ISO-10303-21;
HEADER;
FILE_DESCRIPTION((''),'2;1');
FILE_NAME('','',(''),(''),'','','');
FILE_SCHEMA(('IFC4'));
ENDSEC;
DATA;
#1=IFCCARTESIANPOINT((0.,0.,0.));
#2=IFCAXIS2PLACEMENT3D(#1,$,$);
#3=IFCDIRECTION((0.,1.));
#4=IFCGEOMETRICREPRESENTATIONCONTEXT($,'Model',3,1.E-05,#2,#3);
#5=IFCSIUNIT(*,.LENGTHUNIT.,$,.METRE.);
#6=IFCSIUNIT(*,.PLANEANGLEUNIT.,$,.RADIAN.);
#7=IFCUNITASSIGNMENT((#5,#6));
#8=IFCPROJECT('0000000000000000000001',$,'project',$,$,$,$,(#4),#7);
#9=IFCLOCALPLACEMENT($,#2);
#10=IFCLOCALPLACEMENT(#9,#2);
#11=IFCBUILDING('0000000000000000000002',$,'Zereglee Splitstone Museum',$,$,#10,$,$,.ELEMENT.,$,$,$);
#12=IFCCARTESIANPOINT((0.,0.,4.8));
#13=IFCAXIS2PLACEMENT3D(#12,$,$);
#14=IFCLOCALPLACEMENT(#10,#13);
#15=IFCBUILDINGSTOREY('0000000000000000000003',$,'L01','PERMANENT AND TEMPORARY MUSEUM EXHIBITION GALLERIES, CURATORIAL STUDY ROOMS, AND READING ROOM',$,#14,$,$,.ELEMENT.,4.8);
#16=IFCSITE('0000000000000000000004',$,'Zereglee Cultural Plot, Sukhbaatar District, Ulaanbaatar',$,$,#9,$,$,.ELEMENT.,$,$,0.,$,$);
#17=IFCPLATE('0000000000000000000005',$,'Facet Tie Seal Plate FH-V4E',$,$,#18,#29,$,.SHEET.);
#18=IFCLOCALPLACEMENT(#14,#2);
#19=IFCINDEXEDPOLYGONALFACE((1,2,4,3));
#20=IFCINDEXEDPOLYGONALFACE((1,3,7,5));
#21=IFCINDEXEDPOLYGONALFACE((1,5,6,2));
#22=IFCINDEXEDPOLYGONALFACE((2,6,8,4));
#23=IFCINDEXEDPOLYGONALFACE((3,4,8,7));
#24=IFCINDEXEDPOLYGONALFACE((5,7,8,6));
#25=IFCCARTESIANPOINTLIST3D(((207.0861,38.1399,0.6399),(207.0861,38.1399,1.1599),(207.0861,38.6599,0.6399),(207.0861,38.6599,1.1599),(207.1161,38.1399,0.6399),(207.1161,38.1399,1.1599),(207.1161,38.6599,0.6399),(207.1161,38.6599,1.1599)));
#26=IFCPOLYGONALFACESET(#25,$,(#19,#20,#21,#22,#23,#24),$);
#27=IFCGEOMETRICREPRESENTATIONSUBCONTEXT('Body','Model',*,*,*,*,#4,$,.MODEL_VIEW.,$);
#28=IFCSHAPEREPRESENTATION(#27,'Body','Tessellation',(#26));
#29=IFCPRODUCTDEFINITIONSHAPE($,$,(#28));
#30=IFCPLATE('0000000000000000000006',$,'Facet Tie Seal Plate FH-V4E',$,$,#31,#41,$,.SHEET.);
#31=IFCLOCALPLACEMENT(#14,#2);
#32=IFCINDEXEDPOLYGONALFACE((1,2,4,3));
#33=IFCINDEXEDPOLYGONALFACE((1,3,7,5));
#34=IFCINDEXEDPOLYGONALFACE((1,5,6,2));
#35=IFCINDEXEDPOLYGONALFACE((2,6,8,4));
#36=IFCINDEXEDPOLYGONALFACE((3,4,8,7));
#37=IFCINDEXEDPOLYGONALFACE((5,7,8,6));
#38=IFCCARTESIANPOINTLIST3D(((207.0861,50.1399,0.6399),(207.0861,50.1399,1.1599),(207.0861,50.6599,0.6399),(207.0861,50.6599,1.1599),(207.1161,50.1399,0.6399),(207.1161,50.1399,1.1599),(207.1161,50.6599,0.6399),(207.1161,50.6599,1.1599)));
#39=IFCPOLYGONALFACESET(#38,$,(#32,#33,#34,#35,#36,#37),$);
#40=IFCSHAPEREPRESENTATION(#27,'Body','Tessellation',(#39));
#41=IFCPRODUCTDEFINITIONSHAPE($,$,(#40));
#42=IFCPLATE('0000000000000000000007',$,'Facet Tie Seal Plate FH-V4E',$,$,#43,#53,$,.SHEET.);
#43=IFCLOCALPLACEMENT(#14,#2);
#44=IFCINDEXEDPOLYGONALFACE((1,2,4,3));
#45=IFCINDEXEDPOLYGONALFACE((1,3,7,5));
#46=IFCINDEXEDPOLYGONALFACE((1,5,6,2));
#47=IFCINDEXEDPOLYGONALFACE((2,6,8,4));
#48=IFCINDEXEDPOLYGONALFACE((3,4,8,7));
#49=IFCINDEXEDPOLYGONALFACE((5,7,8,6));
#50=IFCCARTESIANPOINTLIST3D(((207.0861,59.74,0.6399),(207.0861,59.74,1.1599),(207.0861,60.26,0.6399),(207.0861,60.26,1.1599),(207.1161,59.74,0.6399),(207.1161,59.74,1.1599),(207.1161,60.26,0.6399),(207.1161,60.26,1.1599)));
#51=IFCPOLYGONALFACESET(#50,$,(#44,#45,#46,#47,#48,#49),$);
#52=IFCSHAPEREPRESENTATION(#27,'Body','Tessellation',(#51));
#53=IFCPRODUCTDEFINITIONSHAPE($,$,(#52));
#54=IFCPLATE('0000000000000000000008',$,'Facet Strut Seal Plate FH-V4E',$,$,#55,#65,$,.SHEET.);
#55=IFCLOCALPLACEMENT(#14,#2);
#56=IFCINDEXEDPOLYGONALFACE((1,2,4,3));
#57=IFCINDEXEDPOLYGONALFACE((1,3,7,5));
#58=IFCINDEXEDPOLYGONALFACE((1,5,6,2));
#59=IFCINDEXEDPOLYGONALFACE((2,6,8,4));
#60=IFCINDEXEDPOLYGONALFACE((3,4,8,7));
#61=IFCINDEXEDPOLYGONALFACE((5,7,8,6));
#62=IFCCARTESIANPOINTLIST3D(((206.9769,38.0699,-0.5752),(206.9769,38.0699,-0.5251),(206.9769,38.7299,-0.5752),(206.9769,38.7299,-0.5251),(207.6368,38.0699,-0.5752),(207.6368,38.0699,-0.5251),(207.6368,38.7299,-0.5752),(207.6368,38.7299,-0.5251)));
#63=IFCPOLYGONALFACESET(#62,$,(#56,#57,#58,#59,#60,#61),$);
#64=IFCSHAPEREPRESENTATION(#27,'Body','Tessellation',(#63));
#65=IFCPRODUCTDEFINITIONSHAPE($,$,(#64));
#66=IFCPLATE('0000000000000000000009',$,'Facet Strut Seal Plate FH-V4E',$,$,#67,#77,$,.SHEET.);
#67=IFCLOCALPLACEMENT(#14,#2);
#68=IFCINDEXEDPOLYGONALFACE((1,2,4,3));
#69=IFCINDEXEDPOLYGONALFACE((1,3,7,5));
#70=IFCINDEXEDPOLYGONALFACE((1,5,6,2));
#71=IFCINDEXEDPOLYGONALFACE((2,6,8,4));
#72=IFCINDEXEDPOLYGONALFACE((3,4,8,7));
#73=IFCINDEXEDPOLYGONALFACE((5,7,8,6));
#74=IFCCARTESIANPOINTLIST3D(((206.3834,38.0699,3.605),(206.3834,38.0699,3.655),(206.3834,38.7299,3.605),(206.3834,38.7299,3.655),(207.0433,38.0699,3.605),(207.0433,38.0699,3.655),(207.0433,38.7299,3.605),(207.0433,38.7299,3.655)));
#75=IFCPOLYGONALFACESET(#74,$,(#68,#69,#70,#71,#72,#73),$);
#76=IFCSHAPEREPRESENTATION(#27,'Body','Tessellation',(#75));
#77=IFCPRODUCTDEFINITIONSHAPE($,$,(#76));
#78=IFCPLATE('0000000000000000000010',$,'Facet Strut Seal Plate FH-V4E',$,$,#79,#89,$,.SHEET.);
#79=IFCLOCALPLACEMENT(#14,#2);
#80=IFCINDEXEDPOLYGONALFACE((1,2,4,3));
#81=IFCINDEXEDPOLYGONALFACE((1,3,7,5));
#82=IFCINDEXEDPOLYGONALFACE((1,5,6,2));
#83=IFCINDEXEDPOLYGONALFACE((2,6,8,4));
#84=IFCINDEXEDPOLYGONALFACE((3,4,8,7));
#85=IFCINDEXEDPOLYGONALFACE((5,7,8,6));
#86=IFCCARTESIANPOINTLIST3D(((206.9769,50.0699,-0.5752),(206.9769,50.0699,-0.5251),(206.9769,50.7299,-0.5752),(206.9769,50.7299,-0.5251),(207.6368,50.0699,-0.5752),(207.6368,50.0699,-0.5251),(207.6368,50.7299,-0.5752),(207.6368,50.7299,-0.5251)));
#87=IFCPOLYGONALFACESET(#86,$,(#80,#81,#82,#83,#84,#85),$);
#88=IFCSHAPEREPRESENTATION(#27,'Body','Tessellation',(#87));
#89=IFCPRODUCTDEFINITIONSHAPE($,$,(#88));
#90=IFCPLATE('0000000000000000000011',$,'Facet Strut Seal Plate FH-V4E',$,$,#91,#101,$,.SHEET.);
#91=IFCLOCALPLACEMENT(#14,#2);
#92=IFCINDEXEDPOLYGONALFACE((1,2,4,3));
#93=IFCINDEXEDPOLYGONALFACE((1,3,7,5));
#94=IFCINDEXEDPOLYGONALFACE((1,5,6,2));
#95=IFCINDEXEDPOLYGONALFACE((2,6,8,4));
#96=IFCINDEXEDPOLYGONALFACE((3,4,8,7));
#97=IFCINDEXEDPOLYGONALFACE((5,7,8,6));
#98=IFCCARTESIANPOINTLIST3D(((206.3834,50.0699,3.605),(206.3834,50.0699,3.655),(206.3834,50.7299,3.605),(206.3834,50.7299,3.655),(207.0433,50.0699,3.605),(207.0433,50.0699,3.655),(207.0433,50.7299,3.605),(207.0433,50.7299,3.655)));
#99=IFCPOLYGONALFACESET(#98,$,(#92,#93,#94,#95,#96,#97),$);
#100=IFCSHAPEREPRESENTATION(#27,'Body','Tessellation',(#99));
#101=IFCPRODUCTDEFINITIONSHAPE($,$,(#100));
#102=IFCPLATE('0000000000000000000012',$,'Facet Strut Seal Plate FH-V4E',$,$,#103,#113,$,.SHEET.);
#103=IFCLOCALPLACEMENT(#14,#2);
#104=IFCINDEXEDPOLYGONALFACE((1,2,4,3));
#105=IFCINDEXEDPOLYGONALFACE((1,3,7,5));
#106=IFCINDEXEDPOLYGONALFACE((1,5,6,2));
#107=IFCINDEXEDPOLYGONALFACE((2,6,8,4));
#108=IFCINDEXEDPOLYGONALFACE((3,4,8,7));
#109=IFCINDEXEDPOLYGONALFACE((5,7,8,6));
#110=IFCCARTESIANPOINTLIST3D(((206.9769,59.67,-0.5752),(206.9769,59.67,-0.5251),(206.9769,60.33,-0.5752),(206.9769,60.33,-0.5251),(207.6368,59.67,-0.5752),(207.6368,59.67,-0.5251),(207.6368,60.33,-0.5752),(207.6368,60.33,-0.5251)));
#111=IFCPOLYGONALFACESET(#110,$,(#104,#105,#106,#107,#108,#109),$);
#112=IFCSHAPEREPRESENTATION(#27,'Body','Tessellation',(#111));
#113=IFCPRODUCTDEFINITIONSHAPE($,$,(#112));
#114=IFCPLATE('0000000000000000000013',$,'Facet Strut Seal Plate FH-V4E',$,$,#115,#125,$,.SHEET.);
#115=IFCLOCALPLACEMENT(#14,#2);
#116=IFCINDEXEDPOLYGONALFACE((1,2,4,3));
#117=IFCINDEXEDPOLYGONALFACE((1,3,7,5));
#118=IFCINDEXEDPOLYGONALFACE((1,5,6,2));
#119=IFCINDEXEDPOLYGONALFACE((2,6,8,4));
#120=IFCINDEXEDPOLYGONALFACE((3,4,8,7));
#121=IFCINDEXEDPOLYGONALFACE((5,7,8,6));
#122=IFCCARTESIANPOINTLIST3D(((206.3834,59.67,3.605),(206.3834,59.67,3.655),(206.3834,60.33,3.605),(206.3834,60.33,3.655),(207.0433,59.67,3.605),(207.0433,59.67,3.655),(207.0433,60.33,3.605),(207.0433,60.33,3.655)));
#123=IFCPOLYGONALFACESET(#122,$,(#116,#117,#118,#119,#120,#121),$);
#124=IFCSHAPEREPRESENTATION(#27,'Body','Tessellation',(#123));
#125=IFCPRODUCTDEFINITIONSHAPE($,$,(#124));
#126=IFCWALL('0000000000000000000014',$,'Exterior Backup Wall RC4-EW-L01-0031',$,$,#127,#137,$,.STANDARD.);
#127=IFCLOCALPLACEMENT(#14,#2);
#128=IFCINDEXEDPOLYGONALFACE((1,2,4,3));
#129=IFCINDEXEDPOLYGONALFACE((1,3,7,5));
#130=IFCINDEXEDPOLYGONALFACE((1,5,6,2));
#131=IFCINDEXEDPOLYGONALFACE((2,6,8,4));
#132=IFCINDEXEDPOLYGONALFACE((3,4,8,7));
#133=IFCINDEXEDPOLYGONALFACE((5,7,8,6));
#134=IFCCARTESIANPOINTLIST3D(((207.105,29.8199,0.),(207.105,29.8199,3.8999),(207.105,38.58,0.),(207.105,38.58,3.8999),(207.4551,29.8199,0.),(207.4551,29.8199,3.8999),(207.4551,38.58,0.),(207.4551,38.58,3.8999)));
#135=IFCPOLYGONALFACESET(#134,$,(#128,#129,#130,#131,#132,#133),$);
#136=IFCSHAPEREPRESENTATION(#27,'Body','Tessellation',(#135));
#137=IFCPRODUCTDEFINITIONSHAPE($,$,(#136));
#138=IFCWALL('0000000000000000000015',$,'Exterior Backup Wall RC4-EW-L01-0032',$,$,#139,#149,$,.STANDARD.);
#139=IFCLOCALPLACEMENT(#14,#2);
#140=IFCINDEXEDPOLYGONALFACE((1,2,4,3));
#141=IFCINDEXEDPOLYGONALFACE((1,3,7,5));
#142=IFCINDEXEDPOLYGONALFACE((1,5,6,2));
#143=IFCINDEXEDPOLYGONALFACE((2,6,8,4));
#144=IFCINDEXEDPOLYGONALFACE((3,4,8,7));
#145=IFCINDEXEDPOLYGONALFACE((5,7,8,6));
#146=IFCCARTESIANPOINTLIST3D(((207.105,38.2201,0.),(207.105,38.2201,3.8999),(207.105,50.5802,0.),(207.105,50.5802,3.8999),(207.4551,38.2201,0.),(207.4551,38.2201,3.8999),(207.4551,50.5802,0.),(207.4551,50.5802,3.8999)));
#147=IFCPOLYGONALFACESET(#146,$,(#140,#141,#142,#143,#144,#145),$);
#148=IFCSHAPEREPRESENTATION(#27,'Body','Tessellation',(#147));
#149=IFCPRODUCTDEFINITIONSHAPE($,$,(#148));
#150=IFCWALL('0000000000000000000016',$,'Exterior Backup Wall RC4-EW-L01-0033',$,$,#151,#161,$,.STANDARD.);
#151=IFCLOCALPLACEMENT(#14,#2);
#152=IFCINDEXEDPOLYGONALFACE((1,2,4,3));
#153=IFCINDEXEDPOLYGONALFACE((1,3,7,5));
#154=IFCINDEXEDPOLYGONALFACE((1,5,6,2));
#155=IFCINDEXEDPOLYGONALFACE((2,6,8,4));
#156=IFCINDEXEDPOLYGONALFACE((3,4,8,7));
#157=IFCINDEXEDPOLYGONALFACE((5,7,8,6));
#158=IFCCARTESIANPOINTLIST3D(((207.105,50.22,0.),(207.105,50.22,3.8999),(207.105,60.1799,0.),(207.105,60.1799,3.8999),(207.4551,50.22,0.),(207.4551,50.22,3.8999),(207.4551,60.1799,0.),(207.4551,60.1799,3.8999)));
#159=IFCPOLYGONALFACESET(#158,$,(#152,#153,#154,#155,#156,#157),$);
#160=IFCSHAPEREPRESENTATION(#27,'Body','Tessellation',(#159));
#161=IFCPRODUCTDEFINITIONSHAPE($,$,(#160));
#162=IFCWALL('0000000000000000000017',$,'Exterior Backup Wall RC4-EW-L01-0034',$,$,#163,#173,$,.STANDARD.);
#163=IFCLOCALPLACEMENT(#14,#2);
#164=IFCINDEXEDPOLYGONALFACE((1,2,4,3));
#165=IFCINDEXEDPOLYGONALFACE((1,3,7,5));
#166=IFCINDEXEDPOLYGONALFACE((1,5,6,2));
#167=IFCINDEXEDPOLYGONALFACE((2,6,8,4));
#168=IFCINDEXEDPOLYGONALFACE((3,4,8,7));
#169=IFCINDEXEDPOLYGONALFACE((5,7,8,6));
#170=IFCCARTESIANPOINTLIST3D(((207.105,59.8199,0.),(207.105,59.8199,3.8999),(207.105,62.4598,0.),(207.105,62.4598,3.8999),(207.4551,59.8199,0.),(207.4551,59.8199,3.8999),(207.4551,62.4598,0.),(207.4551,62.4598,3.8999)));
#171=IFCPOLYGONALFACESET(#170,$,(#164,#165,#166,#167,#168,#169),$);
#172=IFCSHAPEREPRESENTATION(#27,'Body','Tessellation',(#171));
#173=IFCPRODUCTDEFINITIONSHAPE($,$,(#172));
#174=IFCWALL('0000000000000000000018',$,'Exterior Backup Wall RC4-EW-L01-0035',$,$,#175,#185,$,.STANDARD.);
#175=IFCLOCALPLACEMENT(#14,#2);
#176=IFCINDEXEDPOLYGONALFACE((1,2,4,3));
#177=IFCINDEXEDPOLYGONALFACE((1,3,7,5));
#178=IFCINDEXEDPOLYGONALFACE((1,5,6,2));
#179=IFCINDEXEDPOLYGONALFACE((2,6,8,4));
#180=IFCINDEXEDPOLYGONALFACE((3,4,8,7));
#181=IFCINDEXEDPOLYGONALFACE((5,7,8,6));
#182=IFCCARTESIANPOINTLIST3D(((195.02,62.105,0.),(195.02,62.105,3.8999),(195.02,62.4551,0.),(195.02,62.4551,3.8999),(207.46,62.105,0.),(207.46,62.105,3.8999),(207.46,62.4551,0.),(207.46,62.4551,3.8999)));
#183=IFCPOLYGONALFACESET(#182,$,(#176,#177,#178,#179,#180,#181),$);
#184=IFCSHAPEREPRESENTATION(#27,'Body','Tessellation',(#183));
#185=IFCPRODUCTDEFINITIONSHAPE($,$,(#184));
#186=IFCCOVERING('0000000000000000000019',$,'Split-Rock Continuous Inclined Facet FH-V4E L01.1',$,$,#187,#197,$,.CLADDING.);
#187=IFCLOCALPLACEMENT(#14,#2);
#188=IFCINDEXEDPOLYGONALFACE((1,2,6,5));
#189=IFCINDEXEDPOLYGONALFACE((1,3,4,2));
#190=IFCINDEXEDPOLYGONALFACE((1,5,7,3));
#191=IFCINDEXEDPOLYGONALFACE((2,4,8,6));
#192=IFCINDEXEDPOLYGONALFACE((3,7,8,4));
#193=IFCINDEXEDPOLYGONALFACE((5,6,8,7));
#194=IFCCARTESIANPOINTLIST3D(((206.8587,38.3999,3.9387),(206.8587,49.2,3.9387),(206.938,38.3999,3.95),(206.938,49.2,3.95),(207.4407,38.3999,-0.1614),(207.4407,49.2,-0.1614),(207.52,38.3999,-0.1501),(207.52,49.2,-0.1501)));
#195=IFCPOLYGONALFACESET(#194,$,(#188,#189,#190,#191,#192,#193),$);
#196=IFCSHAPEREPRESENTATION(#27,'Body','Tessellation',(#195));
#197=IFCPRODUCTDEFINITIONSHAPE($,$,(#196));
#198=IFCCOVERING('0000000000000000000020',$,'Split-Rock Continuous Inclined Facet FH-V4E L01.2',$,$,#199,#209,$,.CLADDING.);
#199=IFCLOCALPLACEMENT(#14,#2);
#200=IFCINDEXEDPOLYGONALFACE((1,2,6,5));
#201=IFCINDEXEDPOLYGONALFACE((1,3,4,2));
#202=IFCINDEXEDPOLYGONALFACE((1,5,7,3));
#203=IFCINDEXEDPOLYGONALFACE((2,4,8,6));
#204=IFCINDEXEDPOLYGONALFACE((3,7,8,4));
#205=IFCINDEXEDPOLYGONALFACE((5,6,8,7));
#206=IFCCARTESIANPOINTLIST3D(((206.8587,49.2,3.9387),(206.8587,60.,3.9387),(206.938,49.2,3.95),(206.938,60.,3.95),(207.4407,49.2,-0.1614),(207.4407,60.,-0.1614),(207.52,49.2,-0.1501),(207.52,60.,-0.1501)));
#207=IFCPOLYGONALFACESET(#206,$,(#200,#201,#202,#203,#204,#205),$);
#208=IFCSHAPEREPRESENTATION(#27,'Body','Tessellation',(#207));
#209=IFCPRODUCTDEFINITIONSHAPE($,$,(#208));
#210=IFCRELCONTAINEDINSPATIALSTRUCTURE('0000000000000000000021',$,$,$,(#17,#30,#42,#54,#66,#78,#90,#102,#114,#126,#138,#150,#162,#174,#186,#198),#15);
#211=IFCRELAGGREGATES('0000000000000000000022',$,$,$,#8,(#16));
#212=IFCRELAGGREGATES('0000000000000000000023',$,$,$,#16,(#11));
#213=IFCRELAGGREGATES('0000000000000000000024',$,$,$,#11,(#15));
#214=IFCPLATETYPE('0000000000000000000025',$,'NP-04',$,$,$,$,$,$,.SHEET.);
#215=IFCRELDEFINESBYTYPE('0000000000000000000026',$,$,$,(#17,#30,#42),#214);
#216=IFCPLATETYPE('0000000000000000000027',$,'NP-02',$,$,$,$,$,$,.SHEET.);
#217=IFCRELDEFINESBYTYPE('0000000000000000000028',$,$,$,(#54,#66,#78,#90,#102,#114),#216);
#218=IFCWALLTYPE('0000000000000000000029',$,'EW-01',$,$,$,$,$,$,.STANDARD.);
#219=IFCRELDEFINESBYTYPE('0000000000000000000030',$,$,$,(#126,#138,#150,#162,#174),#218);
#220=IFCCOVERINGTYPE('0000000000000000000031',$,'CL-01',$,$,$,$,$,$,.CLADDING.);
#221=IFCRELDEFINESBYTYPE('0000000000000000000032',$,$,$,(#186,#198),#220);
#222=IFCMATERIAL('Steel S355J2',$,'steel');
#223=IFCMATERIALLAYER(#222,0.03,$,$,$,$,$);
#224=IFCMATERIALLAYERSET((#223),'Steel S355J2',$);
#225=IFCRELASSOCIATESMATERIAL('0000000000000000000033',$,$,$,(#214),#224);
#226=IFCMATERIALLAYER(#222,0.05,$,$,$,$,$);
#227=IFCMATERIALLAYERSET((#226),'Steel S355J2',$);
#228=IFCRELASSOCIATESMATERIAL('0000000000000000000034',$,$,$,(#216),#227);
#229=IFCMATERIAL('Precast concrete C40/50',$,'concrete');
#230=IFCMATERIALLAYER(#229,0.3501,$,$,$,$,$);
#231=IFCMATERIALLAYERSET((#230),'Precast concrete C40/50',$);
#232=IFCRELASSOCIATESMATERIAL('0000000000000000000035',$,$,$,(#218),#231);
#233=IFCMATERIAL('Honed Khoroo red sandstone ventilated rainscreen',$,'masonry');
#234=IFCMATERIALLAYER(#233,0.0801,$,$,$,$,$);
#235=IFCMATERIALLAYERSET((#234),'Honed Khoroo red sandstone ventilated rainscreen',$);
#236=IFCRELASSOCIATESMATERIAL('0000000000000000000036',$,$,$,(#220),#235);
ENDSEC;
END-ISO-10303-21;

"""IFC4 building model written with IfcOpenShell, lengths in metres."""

from ifc_helpers import new_model, si_unit, direction, frame, frame_2d, origin, origin_2d, place, context, subcontext, project, spatial, polyline, rectangle, outline, extrude, material, layer, layer_set, type_object, element, save


model = new_model("IFC4")

# Units and contexts
model_context = context("Model", 3, precision=1e-05, world=origin(), true_north=direction((0.0, 1.0)))
body_context = subcontext(model_context, "Body", "Model", "MODEL_VIEW")
ifc_project = project(units=[si_unit("LENGTHUNIT", "METRE"), si_unit("PLANEANGLEUNIT", "RADIAN")], contexts=[model_context])

# Site, building, storey
site_placement = place(None, origin())
site = spatial("IfcSite", under=ifc_project, at=site_placement, Name="Zereglee Cultural Plot, Sukhbaatar District, Ulaanbaatar", CompositionType="ELEMENT", RefElevation=0.0)
building_placement = place(site_placement, origin())
building = spatial("IfcBuilding", under=site, at=building_placement, Name="Zereglee Splitstone Museum", CompositionType="ELEMENT")
storey_placement = place(building_placement, frame((0.0, 0.0, 4.8)))
storey = spatial("IfcBuildingStorey", under=building, at=storey_placement, Name="L01", Description="PERMANENT AND TEMPORARY MUSEUM EXHIBITION GALLERIES, CURATORIAL STUDY ROOMS, AND READING ROOM", CompositionType="ELEMENT", Elevation=4.8)

# Shared definitions
ifc_material_1 = material(Name="Steel S355J2", Category="steel")

# Plates
ifc_layer_1 = layer(ifc_material_1, 0.03)
ifc_layer_set_1 = layer_set([ifc_layer_1], Name="Steel S355J2")
plate_type_1 = type_object("IfcPlateType", Name="NP-04", PredefinedType="SHEET", material=ifc_layer_set_1)
for number, where, z_axis, x_axis, name in (
    (1, (207.1011, 38.3999, 0.6399), (0.0, 0.0, 1.0), (1.0, 0.0, 0.0), "Facet Tie Seal Plate FH-V4E"),
    (2, (207.1011, 50.3999, 0.6399), (0.0, 0.0, 1.0), (1.0, 0.0, 0.0), "Facet Tie Seal Plate FH-V4E"),
    (3, (207.1011, 60.0, 0.6399), (0.0, 0.0, 1.0), (1.0, 0.0, 0.0), "Facet Tie Seal Plate FH-V4E"),
):
    element("IfcPlate", number, at=place(storey_placement, frame(where, z_axis=z_axis, x_axis=x_axis)), inside=storey, type_object=plate_type_1, Name=name, PredefinedType="SHEET", context=body_context, shape_type="SweptSolid", body=[
        extrude(rectangle(XDim=0.03, YDim=0.52, at=origin_2d()), origin(), (0.0, 0.0, 1.0), 0.52),
    ])
ifc_layer_2 = layer(ifc_material_1, 0.05)
ifc_layer_set_2 = layer_set([ifc_layer_2], Name="Steel S355J2")
plate_type_2 = type_object("IfcPlateType", Name="NP-02", PredefinedType="SHEET", material=ifc_layer_set_2)
for number, where, z_axis, x_axis, name in (
    (4, (207.3069, 38.3999, -0.5752), (0.0, 0.0, 1.0), (1.0, 0.0, 0.0), "Facet Strut Seal Plate FH-V4E"),
    (5, (206.7134, 38.3999, 3.605), (0.0, 0.0, 1.0), (1.0, 0.0, 0.0), "Facet Strut Seal Plate FH-V4E"),
    (6, (207.3069, 50.3999, -0.5752), (0.0, 0.0, 1.0), (1.0, 0.0, 0.0), "Facet Strut Seal Plate FH-V4E"),
    (7, (206.7134, 50.3999, 3.605), (0.0, 0.0, 1.0), (1.0, 0.0, 0.0), "Facet Strut Seal Plate FH-V4E"),
    (8, (207.3069, 60.0, -0.5752), (0.0, 0.0, 1.0), (1.0, 0.0, 0.0), "Facet Strut Seal Plate FH-V4E"),
    (9, (206.7134, 60.0, 3.605), (0.0, 0.0, 1.0), (1.0, 0.0, 0.0), "Facet Strut Seal Plate FH-V4E"),
):
    element("IfcPlate", number, at=place(storey_placement, frame(where, z_axis=z_axis, x_axis=x_axis)), inside=storey, type_object=plate_type_2, Name=name, PredefinedType="SHEET", context=body_context, shape_type="SweptSolid", body=[
        extrude(rectangle(XDim=0.6599, YDim=0.6599, at=origin_2d()), origin(), (0.0, 0.0, 1.0), 0.05),
    ])

# Walls
ifc_material_2 = material(Name="Precast concrete C40/50", Category="concrete")
ifc_layer_3 = layer(ifc_material_2, 0.3501)
ifc_layer_set_3 = layer_set([ifc_layer_3], Name="Precast concrete C40/50")
wall_type = type_object("IfcWallType", Name="EW-01", PredefinedType="STANDARD", material=ifc_layer_set_3)
wall_1_placement = place(storey_placement, frame((207.28, 29.8201, 0.0), z_axis=(0.0, 0.0, 1.0), x_axis=(0.0, 1.0, 0.0)))
element("IfcWall", 10, at=wall_1_placement, inside=storey, type_object=wall_type, Name="Exterior Backup Wall RC4-EW-L01-0031", PredefinedType="STANDARD", context=body_context, shape_type="SweptSolid", body=[
    extrude(rectangle(XDim=8.76, YDim=0.3501, at=frame_2d((4.3799, 0.0))), origin(), (0.0, 0.0, 1.0), 3.8999),
])
wall_2_placement = place(storey_placement, frame((207.28, 38.22, 0.0), z_axis=(0.0, 0.0, 1.0), x_axis=(0.0, 1.0, 0.0)))
element("IfcWall", 11, at=wall_2_placement, inside=storey, type_object=wall_type, Name="Exterior Backup Wall RC4-EW-L01-0032", PredefinedType="STANDARD", context=body_context, shape_type="SweptSolid", body=[
    extrude(rectangle(XDim=12.3601, YDim=0.3501, at=frame_2d((6.1802, 0.0))), origin(), (0.0, 0.0, 1.0), 3.8999),
])
wall_3_placement = place(storey_placement, frame((207.28, 50.22, 0.0), z_axis=(0.0, 0.0, 1.0), x_axis=(0.0, 1.0, 0.0)))
element("IfcWall", 12, at=wall_3_placement, inside=storey, type_object=wall_type, Name="Exterior Backup Wall RC4-EW-L01-0033", PredefinedType="STANDARD", context=body_context, shape_type="SweptSolid", body=[
    extrude(rectangle(XDim=9.96, YDim=0.3501, at=frame_2d((4.98, 0.0))), origin(), (0.0, 0.0, 1.0), 3.8999),
])
wall_4_placement = place(storey_placement, frame((207.28, 59.8201, 0.0), z_axis=(0.0, 0.0, 1.0), x_axis=(0.0, 1.0, 0.0)))
element("IfcWall", 13, at=wall_4_placement, inside=storey, type_object=wall_type, Name="Exterior Backup Wall RC4-EW-L01-0034", PredefinedType="STANDARD", context=body_context, shape_type="SweptSolid", body=[
    extrude(rectangle(XDim=2.6399, YDim=0.3501, at=frame_2d((1.3198, 0.0))), origin(), (0.0, 0.0, 1.0), 3.8999),
])
wall_5_placement = place(storey_placement, frame((207.46, 62.28, 0.0), z_axis=(0.0, 0.0, 1.0), x_axis=(-1.0, 0.0, 0.0)))
element("IfcWall", 14, at=wall_5_placement, inside=storey, type_object=wall_type, Name="Exterior Backup Wall RC4-EW-L01-0035", PredefinedType="STANDARD", context=body_context, shape_type="SweptSolid", body=[
    extrude(rectangle(XDim=12.4399, YDim=0.3501, at=frame_2d((6.22, 0.0))), origin(), (0.0, 0.0, 1.0), 3.8999),
])

# Coverings
ifc_material_3 = material(Name="Honed Khoroo red sandstone ventilated rainscreen", Category="masonry")
ifc_layer_4 = layer(ifc_material_3, 0.0801)
ifc_layer_set_4 = layer_set([ifc_layer_4], Name="Honed Khoroo red sandstone ventilated rainscreen")
covering_type = type_object("IfcCoveringType", Name="CL-01", PredefinedType="CLADDING", material=ifc_layer_set_4)
for number, where, z_axis, x_axis, name in (
    (15, (207.52, 38.3999, -0.1501), (0.990074, 0.0, 0.140546), (0.0, 1.0, 0.0), "Split-Rock Continuous Inclined Facet FH-V4E L01.1"),
    (16, (207.52, 49.2, -0.1501), (0.990074, 0.0, 0.140546), (0.0, 1.0, 0.0), "Split-Rock Continuous Inclined Facet FH-V4E L01.2"),
):
    element("IfcCovering", number, at=place(storey_placement, frame(where, z_axis=z_axis, x_axis=x_axis)), inside=storey, type_object=covering_type, Name=name, PredefinedType="CLADDING", context=body_context, shape_type="SweptSolid", body=[
        extrude(outline(polyline([(0.0, 0.0), (10.8, 0.0), (10.8, 4.1412), (0.0, 4.1412), (0.0, 0.0)])), origin(), (0.0, 0.0, -1.0), 0.0801),
    ])

save(model, "model.ifc")
